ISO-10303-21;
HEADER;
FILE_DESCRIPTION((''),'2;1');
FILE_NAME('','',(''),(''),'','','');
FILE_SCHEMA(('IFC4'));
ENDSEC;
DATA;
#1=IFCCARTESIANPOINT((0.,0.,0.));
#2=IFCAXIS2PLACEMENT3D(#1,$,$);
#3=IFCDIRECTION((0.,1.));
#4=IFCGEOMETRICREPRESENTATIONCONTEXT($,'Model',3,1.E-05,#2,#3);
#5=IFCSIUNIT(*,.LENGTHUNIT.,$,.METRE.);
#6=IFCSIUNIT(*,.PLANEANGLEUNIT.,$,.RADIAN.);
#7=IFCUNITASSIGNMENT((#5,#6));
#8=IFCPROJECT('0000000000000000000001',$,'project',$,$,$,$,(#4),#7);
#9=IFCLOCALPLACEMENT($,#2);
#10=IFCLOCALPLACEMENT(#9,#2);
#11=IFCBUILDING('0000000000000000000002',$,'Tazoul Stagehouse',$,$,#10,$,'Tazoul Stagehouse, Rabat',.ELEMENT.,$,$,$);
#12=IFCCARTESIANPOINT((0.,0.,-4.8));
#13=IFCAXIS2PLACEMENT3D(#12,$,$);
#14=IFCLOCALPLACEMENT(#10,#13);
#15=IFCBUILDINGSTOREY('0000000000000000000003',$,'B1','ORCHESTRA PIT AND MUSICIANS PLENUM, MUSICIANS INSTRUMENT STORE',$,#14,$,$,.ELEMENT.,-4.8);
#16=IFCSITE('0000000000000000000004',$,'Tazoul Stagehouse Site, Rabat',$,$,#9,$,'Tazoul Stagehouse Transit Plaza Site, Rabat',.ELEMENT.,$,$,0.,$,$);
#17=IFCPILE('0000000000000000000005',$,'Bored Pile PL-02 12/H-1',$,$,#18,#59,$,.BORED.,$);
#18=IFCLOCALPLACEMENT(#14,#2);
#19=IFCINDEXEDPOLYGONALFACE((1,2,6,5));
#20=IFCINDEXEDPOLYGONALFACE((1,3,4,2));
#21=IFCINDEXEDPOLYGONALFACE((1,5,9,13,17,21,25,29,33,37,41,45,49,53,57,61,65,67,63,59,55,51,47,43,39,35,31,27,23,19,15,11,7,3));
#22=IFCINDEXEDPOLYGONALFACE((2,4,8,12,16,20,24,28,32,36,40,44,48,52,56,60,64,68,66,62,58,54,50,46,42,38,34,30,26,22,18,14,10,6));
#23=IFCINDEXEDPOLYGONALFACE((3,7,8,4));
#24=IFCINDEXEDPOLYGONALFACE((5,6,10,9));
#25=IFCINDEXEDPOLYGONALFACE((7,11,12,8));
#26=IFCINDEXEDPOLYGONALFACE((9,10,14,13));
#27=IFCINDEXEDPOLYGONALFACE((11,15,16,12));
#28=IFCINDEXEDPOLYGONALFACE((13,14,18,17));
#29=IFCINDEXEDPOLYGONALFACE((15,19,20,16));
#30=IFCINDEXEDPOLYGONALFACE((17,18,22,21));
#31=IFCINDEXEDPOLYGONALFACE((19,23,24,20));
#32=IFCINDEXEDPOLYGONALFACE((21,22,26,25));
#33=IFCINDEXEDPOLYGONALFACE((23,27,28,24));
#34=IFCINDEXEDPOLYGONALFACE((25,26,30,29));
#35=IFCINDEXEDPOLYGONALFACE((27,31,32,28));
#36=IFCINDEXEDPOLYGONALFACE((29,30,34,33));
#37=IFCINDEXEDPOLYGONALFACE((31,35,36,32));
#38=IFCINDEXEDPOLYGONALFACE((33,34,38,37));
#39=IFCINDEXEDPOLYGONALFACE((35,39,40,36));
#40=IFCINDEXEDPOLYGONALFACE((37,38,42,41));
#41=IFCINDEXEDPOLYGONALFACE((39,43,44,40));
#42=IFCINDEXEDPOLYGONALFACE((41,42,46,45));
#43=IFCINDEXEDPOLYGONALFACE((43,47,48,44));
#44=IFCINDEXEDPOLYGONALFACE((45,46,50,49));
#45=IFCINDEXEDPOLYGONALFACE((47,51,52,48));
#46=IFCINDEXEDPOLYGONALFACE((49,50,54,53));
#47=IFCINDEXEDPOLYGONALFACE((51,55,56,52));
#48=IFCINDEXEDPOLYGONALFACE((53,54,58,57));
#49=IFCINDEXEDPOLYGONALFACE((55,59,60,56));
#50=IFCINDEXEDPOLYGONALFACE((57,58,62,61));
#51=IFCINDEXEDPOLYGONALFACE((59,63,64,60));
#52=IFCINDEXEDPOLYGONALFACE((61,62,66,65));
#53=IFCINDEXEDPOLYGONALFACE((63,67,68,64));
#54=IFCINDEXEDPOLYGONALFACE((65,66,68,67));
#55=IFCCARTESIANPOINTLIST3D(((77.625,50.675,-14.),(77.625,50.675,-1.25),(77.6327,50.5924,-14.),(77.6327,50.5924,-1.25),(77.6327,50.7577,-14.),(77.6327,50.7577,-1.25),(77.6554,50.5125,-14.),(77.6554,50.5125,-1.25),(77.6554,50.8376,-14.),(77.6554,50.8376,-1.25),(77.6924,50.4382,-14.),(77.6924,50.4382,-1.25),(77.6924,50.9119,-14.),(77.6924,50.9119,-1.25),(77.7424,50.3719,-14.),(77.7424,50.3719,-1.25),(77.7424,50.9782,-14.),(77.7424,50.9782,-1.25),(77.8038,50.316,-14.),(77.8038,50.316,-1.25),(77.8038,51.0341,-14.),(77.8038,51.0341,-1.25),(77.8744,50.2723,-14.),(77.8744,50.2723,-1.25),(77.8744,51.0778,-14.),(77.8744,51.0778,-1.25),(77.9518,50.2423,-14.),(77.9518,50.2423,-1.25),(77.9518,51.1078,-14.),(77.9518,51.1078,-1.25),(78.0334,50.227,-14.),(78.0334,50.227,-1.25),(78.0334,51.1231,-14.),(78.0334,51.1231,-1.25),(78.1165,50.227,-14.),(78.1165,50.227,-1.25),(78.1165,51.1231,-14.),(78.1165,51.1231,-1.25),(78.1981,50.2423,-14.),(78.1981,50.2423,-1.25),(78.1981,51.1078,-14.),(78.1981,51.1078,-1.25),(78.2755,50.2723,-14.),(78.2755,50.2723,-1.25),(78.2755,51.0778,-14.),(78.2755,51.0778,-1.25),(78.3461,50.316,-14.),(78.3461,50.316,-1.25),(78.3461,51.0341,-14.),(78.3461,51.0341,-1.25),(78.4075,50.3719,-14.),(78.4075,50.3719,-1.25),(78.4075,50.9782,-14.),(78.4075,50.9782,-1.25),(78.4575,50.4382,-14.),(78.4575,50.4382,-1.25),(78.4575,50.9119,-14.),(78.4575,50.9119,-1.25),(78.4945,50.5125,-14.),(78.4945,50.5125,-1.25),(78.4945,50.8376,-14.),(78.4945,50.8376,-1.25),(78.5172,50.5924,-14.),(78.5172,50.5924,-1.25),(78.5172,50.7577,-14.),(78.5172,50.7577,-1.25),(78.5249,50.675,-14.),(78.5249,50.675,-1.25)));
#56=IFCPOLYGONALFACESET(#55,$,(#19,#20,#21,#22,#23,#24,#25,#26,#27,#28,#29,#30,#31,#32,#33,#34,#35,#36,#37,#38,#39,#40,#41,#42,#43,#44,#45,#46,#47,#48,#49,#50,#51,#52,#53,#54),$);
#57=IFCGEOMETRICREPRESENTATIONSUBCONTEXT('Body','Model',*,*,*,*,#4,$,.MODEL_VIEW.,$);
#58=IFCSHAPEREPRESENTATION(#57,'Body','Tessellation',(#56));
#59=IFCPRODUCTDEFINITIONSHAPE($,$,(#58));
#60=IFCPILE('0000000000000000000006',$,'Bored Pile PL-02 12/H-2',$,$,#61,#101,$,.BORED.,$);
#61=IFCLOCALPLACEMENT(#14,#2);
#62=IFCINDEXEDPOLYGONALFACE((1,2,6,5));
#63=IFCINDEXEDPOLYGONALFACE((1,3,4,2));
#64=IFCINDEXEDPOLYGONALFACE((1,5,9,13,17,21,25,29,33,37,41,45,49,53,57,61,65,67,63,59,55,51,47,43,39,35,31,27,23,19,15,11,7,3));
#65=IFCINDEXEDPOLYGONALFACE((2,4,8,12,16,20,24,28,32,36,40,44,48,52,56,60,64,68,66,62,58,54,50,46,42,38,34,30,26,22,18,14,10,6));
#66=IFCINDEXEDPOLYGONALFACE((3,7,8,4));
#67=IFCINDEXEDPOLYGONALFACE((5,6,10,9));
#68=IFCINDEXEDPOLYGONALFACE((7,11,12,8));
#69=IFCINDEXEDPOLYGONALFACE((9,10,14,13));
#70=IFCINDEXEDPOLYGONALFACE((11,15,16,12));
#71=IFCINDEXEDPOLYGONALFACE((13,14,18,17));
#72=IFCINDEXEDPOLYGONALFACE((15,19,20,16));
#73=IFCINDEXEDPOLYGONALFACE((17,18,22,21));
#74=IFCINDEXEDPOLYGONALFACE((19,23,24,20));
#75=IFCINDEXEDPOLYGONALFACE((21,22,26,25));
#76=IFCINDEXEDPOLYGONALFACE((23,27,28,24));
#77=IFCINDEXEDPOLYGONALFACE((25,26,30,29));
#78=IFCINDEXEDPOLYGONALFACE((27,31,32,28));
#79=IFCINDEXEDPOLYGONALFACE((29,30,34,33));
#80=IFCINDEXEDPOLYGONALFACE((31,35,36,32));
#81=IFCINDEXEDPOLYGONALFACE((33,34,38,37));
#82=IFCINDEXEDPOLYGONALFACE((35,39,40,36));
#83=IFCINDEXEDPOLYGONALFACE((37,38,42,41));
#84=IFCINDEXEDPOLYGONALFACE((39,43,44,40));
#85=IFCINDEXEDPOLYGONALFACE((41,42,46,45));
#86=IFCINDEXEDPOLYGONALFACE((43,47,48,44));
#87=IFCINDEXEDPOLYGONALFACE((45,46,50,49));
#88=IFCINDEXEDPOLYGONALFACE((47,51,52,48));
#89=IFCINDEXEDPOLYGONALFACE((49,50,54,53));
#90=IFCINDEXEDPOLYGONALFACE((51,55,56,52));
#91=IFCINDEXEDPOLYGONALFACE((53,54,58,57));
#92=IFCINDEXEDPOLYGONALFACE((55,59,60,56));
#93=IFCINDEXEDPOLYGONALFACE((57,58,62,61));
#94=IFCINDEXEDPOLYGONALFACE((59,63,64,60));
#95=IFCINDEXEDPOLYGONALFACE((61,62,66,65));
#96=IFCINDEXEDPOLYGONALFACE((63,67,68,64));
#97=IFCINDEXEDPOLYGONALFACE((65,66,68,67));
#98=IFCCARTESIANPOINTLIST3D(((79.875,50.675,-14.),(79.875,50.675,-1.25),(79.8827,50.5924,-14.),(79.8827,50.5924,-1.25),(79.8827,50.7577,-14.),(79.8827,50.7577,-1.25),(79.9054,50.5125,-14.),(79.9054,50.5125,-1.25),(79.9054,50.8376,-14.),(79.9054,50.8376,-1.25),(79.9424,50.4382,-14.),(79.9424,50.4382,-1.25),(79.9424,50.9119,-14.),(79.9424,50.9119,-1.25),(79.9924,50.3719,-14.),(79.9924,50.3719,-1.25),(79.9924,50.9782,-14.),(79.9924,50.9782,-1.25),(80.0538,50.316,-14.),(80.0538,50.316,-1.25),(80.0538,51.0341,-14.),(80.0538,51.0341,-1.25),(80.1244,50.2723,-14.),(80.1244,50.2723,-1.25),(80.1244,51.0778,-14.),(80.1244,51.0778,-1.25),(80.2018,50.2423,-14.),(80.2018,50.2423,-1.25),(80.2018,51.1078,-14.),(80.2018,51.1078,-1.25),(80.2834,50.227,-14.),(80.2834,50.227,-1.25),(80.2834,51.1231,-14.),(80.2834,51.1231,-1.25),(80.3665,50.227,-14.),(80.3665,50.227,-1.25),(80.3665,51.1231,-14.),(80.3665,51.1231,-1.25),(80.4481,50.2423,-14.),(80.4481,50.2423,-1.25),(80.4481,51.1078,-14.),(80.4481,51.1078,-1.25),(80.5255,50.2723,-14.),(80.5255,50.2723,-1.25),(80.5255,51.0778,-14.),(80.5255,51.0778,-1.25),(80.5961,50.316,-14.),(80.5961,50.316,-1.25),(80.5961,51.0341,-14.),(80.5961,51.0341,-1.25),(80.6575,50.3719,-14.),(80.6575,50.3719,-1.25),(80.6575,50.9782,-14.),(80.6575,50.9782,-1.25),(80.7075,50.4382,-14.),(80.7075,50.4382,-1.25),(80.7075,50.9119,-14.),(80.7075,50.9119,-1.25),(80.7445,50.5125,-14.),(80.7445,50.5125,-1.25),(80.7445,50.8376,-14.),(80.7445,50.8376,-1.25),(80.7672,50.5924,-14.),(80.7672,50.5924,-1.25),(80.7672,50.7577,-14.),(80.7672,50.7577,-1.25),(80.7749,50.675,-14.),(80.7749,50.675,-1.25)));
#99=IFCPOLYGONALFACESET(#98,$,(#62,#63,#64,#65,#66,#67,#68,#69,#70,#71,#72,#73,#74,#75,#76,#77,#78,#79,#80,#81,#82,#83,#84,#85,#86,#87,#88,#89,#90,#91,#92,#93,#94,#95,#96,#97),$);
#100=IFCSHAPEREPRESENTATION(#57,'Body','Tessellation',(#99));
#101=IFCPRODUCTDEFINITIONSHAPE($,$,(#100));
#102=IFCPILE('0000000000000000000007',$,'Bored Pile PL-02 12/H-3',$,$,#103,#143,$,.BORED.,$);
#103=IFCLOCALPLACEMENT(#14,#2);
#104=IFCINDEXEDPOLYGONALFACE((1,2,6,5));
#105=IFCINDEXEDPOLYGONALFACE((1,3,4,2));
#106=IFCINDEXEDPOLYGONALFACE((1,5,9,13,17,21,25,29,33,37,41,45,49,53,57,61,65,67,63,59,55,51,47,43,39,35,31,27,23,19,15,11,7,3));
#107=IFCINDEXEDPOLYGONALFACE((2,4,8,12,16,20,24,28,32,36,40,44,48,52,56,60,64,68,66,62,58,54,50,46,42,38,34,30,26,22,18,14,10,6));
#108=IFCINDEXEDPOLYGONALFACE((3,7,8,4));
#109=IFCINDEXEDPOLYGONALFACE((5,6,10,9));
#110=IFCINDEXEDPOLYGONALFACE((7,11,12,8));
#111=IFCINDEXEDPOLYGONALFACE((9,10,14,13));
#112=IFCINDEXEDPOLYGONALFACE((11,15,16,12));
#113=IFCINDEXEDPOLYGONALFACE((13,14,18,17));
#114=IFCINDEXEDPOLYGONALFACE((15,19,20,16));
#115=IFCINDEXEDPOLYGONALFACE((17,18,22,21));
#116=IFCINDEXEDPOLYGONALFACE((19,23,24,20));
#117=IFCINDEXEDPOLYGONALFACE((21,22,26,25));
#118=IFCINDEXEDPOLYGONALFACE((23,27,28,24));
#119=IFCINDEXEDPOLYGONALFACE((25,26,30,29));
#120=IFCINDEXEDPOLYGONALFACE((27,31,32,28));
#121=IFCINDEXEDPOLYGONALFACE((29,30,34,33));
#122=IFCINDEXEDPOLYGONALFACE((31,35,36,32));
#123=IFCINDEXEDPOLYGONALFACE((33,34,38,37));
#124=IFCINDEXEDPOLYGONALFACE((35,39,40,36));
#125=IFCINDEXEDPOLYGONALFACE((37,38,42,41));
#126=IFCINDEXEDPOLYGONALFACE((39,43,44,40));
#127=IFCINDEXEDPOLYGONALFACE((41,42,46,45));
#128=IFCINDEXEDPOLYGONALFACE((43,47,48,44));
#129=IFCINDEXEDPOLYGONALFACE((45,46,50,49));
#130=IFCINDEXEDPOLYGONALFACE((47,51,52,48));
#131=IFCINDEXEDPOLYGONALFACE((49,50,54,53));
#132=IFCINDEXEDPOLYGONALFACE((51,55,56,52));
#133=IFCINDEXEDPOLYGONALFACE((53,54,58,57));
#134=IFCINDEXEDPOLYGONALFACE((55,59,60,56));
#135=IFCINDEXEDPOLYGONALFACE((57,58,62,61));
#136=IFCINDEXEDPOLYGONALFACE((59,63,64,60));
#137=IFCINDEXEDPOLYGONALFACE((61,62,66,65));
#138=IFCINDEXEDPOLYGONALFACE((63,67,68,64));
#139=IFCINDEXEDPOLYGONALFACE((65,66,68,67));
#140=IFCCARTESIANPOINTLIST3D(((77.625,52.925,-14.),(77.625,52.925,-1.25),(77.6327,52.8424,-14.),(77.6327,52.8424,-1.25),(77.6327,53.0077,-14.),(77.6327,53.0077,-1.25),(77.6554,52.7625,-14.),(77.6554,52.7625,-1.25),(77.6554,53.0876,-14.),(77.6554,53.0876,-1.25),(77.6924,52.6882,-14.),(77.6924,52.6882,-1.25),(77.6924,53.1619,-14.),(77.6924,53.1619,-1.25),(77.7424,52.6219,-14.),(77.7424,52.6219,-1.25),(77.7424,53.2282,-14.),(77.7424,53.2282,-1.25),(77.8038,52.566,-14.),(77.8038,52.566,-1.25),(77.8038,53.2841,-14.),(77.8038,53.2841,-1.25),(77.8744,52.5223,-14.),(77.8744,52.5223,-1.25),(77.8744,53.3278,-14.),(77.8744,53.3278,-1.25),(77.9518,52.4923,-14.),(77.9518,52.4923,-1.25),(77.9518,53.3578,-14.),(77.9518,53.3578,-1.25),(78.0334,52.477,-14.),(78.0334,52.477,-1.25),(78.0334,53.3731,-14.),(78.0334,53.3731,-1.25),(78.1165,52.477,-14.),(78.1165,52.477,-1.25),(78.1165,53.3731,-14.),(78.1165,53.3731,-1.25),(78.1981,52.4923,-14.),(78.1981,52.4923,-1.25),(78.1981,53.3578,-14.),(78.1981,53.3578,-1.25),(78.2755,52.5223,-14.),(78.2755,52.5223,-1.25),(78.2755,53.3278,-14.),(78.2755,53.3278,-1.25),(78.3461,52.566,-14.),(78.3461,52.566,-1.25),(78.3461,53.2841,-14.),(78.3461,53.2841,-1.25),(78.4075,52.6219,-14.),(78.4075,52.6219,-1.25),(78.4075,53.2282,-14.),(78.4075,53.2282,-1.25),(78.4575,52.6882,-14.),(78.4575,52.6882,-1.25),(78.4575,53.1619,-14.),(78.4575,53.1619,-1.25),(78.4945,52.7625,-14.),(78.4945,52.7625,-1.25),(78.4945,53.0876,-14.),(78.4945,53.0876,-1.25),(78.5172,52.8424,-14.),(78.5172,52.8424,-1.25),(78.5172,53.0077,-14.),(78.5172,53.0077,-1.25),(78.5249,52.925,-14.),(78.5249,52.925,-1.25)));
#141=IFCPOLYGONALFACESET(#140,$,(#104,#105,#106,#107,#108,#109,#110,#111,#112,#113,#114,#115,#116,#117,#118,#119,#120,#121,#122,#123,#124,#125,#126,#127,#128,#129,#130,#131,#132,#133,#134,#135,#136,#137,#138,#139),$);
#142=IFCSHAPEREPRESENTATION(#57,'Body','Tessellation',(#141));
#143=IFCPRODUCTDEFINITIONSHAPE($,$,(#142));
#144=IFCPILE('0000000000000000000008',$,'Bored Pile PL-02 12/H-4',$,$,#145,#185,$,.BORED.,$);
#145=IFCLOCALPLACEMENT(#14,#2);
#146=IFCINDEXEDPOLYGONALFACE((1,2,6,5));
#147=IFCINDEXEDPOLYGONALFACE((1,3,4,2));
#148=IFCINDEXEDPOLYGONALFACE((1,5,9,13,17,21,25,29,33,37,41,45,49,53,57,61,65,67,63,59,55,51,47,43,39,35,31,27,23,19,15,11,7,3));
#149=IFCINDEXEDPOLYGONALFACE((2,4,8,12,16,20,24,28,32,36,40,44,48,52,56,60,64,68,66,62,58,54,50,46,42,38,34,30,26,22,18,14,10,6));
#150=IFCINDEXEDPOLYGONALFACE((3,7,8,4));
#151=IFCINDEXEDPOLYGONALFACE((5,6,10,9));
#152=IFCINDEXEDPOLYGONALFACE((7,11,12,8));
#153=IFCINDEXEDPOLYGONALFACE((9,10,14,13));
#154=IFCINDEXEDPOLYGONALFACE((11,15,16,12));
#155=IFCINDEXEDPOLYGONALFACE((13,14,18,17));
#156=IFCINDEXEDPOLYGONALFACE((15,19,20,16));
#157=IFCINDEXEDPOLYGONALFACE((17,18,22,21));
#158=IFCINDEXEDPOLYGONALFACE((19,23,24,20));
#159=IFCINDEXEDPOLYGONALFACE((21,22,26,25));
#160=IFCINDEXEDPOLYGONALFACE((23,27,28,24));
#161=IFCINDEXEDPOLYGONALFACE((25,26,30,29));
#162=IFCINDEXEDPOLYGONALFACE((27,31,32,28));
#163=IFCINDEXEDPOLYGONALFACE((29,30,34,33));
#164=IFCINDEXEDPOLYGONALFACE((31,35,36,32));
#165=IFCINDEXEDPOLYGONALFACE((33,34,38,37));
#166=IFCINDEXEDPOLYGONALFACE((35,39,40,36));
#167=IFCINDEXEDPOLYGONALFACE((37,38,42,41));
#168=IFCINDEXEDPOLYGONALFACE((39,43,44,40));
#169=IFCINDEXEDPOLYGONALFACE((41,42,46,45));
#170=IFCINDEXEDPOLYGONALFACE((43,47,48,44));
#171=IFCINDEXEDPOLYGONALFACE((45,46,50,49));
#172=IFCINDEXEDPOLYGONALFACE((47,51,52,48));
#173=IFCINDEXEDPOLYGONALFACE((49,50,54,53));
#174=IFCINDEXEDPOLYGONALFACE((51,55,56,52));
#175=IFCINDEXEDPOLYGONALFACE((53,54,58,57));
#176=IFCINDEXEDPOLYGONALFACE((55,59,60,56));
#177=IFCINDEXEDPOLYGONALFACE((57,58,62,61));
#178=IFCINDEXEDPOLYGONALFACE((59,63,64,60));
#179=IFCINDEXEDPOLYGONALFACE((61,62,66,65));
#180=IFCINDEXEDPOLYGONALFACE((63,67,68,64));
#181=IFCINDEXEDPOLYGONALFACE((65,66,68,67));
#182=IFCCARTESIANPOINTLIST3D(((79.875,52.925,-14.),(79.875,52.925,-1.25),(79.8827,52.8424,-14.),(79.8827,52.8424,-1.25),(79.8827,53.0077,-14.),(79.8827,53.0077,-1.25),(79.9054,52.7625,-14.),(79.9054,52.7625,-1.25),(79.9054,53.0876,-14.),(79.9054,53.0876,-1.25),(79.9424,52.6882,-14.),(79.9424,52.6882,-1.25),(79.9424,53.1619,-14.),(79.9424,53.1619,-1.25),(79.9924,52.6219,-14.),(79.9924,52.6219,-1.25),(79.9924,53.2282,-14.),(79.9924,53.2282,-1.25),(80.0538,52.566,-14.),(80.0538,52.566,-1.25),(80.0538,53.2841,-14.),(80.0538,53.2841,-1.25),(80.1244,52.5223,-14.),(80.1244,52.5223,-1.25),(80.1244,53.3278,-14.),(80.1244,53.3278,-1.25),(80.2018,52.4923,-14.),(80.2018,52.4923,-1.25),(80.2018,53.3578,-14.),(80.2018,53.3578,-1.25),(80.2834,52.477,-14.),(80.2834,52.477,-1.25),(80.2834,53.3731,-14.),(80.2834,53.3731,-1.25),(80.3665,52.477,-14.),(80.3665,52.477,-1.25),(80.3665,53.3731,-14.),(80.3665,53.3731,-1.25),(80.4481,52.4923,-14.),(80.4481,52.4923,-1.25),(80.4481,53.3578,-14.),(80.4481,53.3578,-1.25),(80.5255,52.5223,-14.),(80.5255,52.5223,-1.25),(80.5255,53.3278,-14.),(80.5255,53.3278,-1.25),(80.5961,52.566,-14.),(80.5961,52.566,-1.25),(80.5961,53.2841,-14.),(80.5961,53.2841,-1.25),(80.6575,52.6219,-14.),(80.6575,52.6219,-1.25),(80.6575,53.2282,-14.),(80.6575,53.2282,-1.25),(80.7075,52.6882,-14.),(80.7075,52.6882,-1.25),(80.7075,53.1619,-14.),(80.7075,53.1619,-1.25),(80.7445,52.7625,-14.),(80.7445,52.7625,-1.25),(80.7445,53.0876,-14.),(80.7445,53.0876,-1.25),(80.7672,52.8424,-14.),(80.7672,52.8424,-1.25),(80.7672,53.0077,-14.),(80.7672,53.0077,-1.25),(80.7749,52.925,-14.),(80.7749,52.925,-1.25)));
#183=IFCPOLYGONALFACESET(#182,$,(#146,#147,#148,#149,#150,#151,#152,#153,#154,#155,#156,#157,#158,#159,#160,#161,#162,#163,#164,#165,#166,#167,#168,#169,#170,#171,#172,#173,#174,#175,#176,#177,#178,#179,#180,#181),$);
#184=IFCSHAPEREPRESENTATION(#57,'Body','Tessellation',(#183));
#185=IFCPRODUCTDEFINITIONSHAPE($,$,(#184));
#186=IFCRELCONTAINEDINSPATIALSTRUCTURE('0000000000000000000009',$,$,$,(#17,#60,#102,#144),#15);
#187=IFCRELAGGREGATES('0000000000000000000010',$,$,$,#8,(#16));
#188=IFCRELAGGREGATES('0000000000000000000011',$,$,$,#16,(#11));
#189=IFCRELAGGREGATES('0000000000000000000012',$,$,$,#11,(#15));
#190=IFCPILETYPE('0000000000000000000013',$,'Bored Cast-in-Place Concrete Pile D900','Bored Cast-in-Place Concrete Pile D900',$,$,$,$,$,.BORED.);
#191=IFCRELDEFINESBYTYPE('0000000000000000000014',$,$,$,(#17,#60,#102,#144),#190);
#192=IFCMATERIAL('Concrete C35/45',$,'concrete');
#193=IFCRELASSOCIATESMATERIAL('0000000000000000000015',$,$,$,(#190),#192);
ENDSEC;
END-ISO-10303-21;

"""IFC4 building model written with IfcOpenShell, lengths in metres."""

from ifc_helpers import new_model, si_unit, direction, frame, origin, origin_2d, place, context, subcontext, project, spatial, circle, extrude, material, material_profile, profile_set, type_object, element, save


model = new_model("IFC4")

# Units and contexts
model_context = context("Model", 3, precision=1e-05, world=origin(), true_north=direction((0.0, 1.0)))
body_context = subcontext(model_context, "Body", "Model", "MODEL_VIEW")
ifc_project = project(units=[si_unit("LENGTHUNIT", "METRE"), si_unit("PLANEANGLEUNIT", "RADIAN")], contexts=[model_context])

# Site, building, storey
site_placement = place(None, origin())
site = spatial("IfcSite", under=ifc_project, at=site_placement, Name="Tazoul Stagehouse Site, Rabat", LongName="Tazoul Stagehouse Transit Plaza Site, Rabat", CompositionType="ELEMENT", RefElevation=0.0)
building_placement = place(site_placement, origin())
building = spatial("IfcBuilding", under=site, at=building_placement, Name="Tazoul Stagehouse", LongName="Tazoul Stagehouse, Rabat", CompositionType="ELEMENT")
storey_placement = place(building_placement, frame((0.0, 0.0, -4.8)))
storey = spatial("IfcBuildingStorey", under=building, at=storey_placement, Name="B1", Description="ORCHESTRA PIT AND MUSICIANS PLENUM, MUSICIANS INSTRUMENT STORE", CompositionType="ELEMENT", Elevation=-4.8)

# Piles
ifc_material_1 = material(Name="Concrete C35/45", Category="concrete")
ifc_material_profile_1 = material_profile(ifc_material_1, circle(Radius=0.45, at=origin_2d()), Name="BORED PILE 900")
ifc_profile_set_1 = profile_set([ifc_material_profile_1], Name="Concrete C35/45")
pile_type_1 = type_object("IfcPileType", Name="Bored Cast-in-Place Concrete Pile D900", Description="Bored Cast-in-Place Concrete Pile D900", PredefinedType="BORED", material=ifc_profile_set_1)
for number, where, z_axis, x_axis, name in (
    (1, (78.075, 50.675, -1.25), (0.0, 0.0, -1.0), (1.0, 0.0, 0.0), "Bored Pile PL-02 12/H-1"),
    (2, (80.325, 50.675, -1.25), (0.0, 0.0, -1.0), (1.0, 0.0, 0.0), "Bored Pile PL-02 12/H-2"),
    (3, (78.075, 52.925, -1.25), (0.0, 0.0, -1.0), (1.0, 0.0, 0.0), "Bored Pile PL-02 12/H-3"),
    (4, (80.325, 52.925, -1.25), (0.0, 0.0, -1.0), (1.0, 0.0, 0.0), "Bored Pile PL-02 12/H-4"),
):
    element("IfcPile", number, at=place(storey_placement, frame(where, z_axis=z_axis, x_axis=x_axis)), inside=storey, type_object=pile_type_1, Name=name, PredefinedType="BORED", context=body_context, shape_type="SweptSolid", body=[
        extrude(circle(Radius=0.45, at=origin_2d()), origin(), (0.0, 0.0, 1.0), 12.75),
    ])

save(model, "model.ifc")
